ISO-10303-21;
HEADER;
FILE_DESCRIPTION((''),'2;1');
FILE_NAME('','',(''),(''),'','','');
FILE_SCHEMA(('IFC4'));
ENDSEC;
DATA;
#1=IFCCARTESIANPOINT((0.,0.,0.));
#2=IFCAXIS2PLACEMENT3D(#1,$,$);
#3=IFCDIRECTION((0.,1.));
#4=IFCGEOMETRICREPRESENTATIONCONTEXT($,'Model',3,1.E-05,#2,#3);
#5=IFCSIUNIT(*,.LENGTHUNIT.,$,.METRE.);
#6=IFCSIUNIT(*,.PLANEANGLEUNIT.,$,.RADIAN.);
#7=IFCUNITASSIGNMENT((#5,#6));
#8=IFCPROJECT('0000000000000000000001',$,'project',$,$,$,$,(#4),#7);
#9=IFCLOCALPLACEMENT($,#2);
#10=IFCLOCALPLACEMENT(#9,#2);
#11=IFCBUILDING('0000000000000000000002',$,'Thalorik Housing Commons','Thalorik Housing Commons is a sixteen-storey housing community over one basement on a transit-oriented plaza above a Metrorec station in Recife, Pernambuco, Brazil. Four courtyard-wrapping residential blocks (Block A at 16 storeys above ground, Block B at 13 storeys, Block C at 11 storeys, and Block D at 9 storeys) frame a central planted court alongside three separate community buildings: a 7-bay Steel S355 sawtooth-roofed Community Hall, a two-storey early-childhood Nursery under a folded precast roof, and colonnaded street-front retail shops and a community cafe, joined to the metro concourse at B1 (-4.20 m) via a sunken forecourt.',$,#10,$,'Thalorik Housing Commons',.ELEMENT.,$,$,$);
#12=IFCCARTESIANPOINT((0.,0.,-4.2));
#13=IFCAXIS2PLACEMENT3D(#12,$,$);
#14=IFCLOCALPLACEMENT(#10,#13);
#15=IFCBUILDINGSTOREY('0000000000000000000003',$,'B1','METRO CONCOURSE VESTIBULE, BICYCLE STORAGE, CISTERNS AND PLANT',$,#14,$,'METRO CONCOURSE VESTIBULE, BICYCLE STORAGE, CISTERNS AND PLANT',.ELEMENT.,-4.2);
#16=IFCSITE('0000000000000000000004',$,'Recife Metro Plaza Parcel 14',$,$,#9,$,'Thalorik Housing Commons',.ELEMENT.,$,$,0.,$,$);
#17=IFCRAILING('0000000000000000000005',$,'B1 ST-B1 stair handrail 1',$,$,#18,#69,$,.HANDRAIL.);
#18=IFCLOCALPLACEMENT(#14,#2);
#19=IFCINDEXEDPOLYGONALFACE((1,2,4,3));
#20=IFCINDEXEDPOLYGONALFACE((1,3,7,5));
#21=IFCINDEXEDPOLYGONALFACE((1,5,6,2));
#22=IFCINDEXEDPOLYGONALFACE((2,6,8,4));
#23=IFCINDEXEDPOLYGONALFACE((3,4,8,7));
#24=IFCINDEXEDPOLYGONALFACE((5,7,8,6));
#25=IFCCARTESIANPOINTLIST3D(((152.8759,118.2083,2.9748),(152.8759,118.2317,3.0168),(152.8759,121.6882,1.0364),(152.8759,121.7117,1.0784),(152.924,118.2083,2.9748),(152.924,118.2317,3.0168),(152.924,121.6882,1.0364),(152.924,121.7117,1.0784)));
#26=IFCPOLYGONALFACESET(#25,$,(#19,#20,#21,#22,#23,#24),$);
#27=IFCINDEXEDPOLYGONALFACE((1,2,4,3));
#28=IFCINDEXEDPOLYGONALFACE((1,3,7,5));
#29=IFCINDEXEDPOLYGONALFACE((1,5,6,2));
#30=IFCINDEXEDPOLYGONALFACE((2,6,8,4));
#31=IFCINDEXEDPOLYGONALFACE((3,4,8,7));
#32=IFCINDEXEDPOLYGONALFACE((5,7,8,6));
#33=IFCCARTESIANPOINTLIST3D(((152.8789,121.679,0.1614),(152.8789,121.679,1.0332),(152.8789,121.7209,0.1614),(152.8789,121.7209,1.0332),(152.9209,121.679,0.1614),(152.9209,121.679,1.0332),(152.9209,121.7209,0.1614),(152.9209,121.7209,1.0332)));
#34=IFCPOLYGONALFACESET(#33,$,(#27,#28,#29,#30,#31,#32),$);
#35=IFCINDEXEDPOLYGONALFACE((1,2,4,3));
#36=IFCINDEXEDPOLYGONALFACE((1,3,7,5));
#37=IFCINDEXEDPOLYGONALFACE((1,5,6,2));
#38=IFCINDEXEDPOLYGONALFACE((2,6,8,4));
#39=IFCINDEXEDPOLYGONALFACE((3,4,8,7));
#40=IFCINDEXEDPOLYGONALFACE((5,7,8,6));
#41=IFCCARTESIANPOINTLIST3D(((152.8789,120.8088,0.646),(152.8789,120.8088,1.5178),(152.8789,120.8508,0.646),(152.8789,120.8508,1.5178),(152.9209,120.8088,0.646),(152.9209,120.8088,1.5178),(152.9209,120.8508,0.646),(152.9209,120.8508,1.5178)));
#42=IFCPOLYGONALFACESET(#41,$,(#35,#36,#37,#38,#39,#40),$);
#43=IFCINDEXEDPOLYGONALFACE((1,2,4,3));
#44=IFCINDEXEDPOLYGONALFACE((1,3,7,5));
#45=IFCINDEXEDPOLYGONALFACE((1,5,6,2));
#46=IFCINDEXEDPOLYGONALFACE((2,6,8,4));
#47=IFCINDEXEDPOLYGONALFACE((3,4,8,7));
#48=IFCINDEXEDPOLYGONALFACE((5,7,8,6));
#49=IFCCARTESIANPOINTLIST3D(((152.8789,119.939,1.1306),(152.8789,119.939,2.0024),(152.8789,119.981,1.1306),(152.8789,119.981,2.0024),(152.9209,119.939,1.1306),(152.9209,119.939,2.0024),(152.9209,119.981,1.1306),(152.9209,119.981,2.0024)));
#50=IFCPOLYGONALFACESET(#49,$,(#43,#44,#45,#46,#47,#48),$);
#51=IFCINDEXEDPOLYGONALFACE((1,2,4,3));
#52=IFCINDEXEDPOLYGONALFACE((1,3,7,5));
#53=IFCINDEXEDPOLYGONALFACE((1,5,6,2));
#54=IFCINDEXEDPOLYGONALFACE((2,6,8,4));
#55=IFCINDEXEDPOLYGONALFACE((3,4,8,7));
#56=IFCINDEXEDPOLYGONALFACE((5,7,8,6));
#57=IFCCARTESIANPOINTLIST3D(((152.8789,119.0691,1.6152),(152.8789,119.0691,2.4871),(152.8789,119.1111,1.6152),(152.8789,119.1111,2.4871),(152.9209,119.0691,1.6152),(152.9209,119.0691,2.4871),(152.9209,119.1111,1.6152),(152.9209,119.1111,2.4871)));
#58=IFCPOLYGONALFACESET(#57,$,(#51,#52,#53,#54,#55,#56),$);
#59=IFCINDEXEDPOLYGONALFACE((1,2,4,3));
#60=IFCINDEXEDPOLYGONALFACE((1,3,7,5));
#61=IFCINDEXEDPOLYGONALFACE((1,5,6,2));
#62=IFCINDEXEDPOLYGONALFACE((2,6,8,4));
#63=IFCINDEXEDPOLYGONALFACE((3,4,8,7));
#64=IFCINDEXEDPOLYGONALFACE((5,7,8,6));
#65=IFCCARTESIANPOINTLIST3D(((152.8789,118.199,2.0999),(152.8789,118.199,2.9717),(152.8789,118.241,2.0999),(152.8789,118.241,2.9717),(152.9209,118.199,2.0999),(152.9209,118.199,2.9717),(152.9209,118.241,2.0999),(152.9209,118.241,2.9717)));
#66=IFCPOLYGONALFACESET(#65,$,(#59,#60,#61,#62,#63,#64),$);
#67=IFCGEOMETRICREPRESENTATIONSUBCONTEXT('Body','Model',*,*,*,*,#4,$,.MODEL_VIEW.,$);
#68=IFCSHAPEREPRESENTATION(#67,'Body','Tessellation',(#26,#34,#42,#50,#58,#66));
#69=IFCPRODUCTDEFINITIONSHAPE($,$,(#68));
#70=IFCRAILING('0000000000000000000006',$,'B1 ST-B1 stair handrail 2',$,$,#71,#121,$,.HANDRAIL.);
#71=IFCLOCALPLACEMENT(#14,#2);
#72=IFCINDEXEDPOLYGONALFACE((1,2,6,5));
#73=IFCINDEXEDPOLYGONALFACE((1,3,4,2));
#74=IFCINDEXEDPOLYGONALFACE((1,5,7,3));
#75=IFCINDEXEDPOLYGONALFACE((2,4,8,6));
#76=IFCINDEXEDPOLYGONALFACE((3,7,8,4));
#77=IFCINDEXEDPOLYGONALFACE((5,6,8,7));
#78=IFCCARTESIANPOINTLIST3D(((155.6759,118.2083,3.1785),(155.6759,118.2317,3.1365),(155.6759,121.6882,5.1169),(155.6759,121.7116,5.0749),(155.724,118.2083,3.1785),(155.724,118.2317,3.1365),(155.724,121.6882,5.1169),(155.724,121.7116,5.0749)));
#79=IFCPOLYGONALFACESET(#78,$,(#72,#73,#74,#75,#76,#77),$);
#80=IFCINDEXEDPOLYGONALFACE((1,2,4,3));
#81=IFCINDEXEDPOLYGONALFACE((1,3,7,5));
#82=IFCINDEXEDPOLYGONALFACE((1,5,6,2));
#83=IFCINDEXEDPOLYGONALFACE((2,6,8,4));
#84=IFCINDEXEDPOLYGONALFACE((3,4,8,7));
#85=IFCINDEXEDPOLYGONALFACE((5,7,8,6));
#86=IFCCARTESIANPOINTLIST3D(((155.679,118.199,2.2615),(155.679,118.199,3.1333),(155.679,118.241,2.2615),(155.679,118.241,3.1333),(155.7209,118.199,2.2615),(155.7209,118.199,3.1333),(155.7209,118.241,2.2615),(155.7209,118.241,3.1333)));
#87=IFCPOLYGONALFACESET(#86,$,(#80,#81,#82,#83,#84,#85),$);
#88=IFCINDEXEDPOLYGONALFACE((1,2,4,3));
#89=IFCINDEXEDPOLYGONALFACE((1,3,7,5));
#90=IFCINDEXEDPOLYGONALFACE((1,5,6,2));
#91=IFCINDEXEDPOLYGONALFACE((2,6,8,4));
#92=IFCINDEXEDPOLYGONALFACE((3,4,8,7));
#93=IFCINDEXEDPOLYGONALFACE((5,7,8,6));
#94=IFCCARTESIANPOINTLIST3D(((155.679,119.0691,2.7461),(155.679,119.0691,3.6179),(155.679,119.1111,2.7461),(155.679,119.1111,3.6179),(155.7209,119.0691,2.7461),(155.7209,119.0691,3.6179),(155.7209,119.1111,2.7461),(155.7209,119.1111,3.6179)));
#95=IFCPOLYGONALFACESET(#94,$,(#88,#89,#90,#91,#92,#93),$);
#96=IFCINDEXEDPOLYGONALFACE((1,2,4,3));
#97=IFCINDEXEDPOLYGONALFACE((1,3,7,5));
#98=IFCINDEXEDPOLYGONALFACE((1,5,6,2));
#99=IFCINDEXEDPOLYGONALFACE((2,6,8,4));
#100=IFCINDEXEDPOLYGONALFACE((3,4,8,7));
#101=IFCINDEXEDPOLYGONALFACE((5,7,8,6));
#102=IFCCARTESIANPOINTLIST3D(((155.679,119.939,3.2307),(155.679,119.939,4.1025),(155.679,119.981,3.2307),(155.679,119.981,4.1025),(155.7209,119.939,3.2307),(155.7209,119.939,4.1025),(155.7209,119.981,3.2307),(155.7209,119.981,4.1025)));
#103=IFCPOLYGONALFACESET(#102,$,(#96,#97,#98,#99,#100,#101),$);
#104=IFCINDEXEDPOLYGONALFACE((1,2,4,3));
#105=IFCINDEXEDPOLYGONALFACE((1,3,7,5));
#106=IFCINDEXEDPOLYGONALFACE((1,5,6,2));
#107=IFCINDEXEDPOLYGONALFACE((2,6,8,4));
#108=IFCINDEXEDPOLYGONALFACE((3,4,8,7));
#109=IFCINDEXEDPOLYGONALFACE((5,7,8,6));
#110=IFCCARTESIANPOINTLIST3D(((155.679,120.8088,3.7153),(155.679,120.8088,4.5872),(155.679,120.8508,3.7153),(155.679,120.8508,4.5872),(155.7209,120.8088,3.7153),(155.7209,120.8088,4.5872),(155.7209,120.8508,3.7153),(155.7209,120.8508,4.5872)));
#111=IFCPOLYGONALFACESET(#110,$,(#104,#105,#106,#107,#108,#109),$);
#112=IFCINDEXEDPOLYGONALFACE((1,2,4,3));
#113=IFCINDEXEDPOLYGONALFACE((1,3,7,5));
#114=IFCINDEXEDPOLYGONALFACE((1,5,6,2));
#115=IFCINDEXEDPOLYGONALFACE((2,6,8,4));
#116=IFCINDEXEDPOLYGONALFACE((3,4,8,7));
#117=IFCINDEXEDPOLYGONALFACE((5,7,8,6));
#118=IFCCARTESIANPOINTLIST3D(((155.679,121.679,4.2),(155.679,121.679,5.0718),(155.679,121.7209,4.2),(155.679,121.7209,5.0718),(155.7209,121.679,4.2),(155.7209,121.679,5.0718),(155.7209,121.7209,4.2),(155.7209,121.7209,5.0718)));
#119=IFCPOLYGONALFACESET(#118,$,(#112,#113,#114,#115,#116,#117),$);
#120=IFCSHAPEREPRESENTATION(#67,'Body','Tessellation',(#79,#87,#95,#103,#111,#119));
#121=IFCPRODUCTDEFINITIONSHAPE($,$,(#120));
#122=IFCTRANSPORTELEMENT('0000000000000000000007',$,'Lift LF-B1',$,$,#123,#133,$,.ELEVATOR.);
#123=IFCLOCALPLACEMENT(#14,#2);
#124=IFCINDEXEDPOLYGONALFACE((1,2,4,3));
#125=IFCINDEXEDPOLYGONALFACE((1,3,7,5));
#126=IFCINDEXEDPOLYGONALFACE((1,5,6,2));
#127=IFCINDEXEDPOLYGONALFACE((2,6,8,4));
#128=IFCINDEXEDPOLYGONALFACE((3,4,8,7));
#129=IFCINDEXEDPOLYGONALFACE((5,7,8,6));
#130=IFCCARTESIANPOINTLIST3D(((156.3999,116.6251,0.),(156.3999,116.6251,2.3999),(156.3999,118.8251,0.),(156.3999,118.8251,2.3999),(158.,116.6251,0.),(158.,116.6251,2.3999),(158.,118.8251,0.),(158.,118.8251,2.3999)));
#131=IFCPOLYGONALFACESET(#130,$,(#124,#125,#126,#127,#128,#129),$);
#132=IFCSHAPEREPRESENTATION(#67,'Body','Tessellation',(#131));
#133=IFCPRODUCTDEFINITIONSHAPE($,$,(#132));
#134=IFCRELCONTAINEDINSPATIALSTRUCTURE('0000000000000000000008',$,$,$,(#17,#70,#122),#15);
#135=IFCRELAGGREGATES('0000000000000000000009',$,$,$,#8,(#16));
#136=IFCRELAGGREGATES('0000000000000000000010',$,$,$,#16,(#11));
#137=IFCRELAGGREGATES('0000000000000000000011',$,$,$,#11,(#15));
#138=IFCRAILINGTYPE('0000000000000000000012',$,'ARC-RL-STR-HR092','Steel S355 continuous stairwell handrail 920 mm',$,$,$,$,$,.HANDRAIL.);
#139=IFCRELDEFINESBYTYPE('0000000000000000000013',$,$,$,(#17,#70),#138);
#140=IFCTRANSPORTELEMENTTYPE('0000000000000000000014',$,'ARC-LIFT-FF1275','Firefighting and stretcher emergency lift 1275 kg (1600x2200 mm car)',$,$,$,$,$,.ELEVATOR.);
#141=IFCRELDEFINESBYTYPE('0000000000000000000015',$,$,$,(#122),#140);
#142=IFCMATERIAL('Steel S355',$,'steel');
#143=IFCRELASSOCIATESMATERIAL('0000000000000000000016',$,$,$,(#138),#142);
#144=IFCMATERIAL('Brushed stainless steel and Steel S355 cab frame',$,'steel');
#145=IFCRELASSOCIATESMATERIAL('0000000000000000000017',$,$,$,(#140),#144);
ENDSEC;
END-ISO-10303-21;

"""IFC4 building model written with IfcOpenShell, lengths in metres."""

from ifc_helpers import new_model, si_unit, direction, frame, origin, origin_2d, place, context, subcontext, project, spatial, rectangle, extrude, material, type_object, element, save


model = new_model("IFC4")

# Units and contexts
model_context = context("Model", 3, precision=1e-05, world=origin(), true_north=direction((0.0, 1.0)))
body_context = subcontext(model_context, "Body", "Model", "MODEL_VIEW")
ifc_project = project(units=[si_unit("LENGTHUNIT", "METRE"), si_unit("PLANEANGLEUNIT", "RADIAN")], contexts=[model_context])

# Site, building, storey
site_placement = place(None, origin())
site = spatial("IfcSite", under=ifc_project, at=site_placement, Name="Recife Metro Plaza Parcel 14", LongName="Thalorik Housing Commons", CompositionType="ELEMENT", RefElevation=0.0)
building_placement = place(site_placement, origin())
building = spatial("IfcBuilding", under=site, at=building_placement, Name="Thalorik Housing Commons", Description="Thalorik Housing Commons is a sixteen-storey housing community over one basement on a transit-oriented plaza above a Metrorec station in Recife, Pernambuco, Brazil. Four courtyard-wrapping residential blocks (Block A at 16 storeys above ground, Block B at 13 storeys, Block C at 11 storeys, and Block D at 9 storeys) frame a central planted court alongside three separate community buildings: a 7-bay Steel S355 sawtooth-roofed Community Hall, a two-storey early-childhood Nursery under a folded precast roof, and colonnaded street-front retail shops and a community cafe, joined to the metro concourse at B1 (-4.20 m) via a sunken forecourt.", LongName="Thalorik Housing Commons", CompositionType="ELEMENT")
storey_placement = place(building_placement, frame((0.0, 0.0, -4.2)))
storey = spatial("IfcBuildingStorey", under=building, at=storey_placement, Name="B1", Description="METRO CONCOURSE VESTIBULE, BICYCLE STORAGE, CISTERNS AND PLANT", LongName="METRO CONCOURSE VESTIBULE, BICYCLE STORAGE, CISTERNS AND PLANT", CompositionType="ELEMENT", Elevation=-4.2)

# Shared definitions
ifc_material_1 = material(Name="Steel S355", Category="steel")

# Railings
railing_type_1 = type_object("IfcRailingType", Name="ARC-RL-STR-HR092", Description="Steel S355 continuous stairwell handrail 920 mm", PredefinedType="HANDRAIL", material=ifc_material_1)
railing_1_placement = place(storey_placement, frame((152.8999, 121.7, 0.1614)))
element("IfcRailing", 1, at=railing_1_placement, inside=storey, type_object=railing_type_1, Name="B1 ST-B1 stair handrail 1", PredefinedType="HANDRAIL", context=body_context, shape_type="SweptSolid", body=[
    extrude(rectangle(XDim=0.0481, YDim=0.0481, at=origin_2d()), frame((0.0, 0.0, 0.896), z_axis=(0.0, -0.873607, 0.486631), x_axis=(1.0, 0.0, 0.0)), (0.0, 0.0, 1.0), 3.9834),
    extrude(rectangle(XDim=0.042, YDim=0.042, at=origin_2d()), origin(), (0.0, 0.0, 1.0), 0.8718),
    extrude(rectangle(XDim=0.042, YDim=0.042, at=origin_2d()), frame((0.0, -0.8701, 0.4846)), (0.0, 0.0, 1.0), 0.8718),
    extrude(rectangle(XDim=0.042, YDim=0.042, at=origin_2d()), frame((0.0, -1.74, 0.9692)), (0.0, 0.0, 1.0), 0.8718),
    extrude(rectangle(XDim=0.042, YDim=0.042, at=origin_2d()), frame((0.0, -2.6099, 1.4539)), (0.0, 0.0, 1.0), 0.8718),
    extrude(rectangle(XDim=0.042, YDim=0.042, at=origin_2d()), frame((0.0, -3.48, 1.9385)), (0.0, 0.0, 1.0), 0.8718),
])
railing_2_placement = place(storey_placement, frame((155.7, 118.22, 2.2615)))
element("IfcRailing", 2, at=railing_2_placement, inside=storey, type_object=railing_type_1, Name="B1 ST-B1 stair handrail 2", PredefinedType="HANDRAIL", context=body_context, shape_type="SweptSolid", body=[
    extrude(rectangle(XDim=0.0481, YDim=0.0481, at=origin_2d()), frame((0.0, 0.0, 0.896), z_axis=(0.0, 0.873607, 0.486631), x_axis=(-1.0, 0.0, 0.0)), (0.0, 0.0, 1.0), 3.9834),
    extrude(rectangle(XDim=0.042, YDim=0.042, at=origin_2d()), origin(), (0.0, 0.0, 1.0), 0.8718),
    extrude(rectangle(XDim=0.042, YDim=0.042, at=origin_2d()), frame((0.0, 0.8701, 0.4846)), (0.0, 0.0, 1.0), 0.8718),
    extrude(rectangle(XDim=0.042, YDim=0.042, at=origin_2d()), frame((0.0, 1.74, 0.9692)), (0.0, 0.0, 1.0), 0.8718),
    extrude(rectangle(XDim=0.042, YDim=0.042, at=origin_2d()), frame((0.0, 2.6099, 1.4539)), (0.0, 0.0, 1.0), 0.8718),
    extrude(rectangle(XDim=0.042, YDim=0.042, at=origin_2d()), frame((0.0, 3.48, 1.9385)), (0.0, 0.0, 1.0), 0.8718),
])

# Transport element
ifc_material_2 = material(Name="Brushed stainless steel and Steel S355 cab frame", Category="steel")
transport_element_type = type_object("IfcTransportElementType", Name="ARC-LIFT-FF1275", Description="Firefighting and stretcher emergency lift 1275 kg (1600x2200 mm car)", PredefinedType="ELEVATOR", material=ifc_material_2)
transport_element_placement = place(storey_placement, frame((157.2, 117.7251, 0.0), z_axis=(0.0, 0.0, 1.0), x_axis=(1.0, 0.0, 0.0)))
element("IfcTransportElement", 3, at=transport_element_placement, inside=storey, type_object=transport_element_type, Name="Lift LF-B1", PredefinedType="ELEVATOR", context=body_context, shape_type="SweptSolid", body=[
    extrude(rectangle(XDim=1.6001, YDim=2.2, at=origin_2d()), origin(), (0.0, 0.0, 1.0), 2.3999),
])

save(model, "model.ifc")
